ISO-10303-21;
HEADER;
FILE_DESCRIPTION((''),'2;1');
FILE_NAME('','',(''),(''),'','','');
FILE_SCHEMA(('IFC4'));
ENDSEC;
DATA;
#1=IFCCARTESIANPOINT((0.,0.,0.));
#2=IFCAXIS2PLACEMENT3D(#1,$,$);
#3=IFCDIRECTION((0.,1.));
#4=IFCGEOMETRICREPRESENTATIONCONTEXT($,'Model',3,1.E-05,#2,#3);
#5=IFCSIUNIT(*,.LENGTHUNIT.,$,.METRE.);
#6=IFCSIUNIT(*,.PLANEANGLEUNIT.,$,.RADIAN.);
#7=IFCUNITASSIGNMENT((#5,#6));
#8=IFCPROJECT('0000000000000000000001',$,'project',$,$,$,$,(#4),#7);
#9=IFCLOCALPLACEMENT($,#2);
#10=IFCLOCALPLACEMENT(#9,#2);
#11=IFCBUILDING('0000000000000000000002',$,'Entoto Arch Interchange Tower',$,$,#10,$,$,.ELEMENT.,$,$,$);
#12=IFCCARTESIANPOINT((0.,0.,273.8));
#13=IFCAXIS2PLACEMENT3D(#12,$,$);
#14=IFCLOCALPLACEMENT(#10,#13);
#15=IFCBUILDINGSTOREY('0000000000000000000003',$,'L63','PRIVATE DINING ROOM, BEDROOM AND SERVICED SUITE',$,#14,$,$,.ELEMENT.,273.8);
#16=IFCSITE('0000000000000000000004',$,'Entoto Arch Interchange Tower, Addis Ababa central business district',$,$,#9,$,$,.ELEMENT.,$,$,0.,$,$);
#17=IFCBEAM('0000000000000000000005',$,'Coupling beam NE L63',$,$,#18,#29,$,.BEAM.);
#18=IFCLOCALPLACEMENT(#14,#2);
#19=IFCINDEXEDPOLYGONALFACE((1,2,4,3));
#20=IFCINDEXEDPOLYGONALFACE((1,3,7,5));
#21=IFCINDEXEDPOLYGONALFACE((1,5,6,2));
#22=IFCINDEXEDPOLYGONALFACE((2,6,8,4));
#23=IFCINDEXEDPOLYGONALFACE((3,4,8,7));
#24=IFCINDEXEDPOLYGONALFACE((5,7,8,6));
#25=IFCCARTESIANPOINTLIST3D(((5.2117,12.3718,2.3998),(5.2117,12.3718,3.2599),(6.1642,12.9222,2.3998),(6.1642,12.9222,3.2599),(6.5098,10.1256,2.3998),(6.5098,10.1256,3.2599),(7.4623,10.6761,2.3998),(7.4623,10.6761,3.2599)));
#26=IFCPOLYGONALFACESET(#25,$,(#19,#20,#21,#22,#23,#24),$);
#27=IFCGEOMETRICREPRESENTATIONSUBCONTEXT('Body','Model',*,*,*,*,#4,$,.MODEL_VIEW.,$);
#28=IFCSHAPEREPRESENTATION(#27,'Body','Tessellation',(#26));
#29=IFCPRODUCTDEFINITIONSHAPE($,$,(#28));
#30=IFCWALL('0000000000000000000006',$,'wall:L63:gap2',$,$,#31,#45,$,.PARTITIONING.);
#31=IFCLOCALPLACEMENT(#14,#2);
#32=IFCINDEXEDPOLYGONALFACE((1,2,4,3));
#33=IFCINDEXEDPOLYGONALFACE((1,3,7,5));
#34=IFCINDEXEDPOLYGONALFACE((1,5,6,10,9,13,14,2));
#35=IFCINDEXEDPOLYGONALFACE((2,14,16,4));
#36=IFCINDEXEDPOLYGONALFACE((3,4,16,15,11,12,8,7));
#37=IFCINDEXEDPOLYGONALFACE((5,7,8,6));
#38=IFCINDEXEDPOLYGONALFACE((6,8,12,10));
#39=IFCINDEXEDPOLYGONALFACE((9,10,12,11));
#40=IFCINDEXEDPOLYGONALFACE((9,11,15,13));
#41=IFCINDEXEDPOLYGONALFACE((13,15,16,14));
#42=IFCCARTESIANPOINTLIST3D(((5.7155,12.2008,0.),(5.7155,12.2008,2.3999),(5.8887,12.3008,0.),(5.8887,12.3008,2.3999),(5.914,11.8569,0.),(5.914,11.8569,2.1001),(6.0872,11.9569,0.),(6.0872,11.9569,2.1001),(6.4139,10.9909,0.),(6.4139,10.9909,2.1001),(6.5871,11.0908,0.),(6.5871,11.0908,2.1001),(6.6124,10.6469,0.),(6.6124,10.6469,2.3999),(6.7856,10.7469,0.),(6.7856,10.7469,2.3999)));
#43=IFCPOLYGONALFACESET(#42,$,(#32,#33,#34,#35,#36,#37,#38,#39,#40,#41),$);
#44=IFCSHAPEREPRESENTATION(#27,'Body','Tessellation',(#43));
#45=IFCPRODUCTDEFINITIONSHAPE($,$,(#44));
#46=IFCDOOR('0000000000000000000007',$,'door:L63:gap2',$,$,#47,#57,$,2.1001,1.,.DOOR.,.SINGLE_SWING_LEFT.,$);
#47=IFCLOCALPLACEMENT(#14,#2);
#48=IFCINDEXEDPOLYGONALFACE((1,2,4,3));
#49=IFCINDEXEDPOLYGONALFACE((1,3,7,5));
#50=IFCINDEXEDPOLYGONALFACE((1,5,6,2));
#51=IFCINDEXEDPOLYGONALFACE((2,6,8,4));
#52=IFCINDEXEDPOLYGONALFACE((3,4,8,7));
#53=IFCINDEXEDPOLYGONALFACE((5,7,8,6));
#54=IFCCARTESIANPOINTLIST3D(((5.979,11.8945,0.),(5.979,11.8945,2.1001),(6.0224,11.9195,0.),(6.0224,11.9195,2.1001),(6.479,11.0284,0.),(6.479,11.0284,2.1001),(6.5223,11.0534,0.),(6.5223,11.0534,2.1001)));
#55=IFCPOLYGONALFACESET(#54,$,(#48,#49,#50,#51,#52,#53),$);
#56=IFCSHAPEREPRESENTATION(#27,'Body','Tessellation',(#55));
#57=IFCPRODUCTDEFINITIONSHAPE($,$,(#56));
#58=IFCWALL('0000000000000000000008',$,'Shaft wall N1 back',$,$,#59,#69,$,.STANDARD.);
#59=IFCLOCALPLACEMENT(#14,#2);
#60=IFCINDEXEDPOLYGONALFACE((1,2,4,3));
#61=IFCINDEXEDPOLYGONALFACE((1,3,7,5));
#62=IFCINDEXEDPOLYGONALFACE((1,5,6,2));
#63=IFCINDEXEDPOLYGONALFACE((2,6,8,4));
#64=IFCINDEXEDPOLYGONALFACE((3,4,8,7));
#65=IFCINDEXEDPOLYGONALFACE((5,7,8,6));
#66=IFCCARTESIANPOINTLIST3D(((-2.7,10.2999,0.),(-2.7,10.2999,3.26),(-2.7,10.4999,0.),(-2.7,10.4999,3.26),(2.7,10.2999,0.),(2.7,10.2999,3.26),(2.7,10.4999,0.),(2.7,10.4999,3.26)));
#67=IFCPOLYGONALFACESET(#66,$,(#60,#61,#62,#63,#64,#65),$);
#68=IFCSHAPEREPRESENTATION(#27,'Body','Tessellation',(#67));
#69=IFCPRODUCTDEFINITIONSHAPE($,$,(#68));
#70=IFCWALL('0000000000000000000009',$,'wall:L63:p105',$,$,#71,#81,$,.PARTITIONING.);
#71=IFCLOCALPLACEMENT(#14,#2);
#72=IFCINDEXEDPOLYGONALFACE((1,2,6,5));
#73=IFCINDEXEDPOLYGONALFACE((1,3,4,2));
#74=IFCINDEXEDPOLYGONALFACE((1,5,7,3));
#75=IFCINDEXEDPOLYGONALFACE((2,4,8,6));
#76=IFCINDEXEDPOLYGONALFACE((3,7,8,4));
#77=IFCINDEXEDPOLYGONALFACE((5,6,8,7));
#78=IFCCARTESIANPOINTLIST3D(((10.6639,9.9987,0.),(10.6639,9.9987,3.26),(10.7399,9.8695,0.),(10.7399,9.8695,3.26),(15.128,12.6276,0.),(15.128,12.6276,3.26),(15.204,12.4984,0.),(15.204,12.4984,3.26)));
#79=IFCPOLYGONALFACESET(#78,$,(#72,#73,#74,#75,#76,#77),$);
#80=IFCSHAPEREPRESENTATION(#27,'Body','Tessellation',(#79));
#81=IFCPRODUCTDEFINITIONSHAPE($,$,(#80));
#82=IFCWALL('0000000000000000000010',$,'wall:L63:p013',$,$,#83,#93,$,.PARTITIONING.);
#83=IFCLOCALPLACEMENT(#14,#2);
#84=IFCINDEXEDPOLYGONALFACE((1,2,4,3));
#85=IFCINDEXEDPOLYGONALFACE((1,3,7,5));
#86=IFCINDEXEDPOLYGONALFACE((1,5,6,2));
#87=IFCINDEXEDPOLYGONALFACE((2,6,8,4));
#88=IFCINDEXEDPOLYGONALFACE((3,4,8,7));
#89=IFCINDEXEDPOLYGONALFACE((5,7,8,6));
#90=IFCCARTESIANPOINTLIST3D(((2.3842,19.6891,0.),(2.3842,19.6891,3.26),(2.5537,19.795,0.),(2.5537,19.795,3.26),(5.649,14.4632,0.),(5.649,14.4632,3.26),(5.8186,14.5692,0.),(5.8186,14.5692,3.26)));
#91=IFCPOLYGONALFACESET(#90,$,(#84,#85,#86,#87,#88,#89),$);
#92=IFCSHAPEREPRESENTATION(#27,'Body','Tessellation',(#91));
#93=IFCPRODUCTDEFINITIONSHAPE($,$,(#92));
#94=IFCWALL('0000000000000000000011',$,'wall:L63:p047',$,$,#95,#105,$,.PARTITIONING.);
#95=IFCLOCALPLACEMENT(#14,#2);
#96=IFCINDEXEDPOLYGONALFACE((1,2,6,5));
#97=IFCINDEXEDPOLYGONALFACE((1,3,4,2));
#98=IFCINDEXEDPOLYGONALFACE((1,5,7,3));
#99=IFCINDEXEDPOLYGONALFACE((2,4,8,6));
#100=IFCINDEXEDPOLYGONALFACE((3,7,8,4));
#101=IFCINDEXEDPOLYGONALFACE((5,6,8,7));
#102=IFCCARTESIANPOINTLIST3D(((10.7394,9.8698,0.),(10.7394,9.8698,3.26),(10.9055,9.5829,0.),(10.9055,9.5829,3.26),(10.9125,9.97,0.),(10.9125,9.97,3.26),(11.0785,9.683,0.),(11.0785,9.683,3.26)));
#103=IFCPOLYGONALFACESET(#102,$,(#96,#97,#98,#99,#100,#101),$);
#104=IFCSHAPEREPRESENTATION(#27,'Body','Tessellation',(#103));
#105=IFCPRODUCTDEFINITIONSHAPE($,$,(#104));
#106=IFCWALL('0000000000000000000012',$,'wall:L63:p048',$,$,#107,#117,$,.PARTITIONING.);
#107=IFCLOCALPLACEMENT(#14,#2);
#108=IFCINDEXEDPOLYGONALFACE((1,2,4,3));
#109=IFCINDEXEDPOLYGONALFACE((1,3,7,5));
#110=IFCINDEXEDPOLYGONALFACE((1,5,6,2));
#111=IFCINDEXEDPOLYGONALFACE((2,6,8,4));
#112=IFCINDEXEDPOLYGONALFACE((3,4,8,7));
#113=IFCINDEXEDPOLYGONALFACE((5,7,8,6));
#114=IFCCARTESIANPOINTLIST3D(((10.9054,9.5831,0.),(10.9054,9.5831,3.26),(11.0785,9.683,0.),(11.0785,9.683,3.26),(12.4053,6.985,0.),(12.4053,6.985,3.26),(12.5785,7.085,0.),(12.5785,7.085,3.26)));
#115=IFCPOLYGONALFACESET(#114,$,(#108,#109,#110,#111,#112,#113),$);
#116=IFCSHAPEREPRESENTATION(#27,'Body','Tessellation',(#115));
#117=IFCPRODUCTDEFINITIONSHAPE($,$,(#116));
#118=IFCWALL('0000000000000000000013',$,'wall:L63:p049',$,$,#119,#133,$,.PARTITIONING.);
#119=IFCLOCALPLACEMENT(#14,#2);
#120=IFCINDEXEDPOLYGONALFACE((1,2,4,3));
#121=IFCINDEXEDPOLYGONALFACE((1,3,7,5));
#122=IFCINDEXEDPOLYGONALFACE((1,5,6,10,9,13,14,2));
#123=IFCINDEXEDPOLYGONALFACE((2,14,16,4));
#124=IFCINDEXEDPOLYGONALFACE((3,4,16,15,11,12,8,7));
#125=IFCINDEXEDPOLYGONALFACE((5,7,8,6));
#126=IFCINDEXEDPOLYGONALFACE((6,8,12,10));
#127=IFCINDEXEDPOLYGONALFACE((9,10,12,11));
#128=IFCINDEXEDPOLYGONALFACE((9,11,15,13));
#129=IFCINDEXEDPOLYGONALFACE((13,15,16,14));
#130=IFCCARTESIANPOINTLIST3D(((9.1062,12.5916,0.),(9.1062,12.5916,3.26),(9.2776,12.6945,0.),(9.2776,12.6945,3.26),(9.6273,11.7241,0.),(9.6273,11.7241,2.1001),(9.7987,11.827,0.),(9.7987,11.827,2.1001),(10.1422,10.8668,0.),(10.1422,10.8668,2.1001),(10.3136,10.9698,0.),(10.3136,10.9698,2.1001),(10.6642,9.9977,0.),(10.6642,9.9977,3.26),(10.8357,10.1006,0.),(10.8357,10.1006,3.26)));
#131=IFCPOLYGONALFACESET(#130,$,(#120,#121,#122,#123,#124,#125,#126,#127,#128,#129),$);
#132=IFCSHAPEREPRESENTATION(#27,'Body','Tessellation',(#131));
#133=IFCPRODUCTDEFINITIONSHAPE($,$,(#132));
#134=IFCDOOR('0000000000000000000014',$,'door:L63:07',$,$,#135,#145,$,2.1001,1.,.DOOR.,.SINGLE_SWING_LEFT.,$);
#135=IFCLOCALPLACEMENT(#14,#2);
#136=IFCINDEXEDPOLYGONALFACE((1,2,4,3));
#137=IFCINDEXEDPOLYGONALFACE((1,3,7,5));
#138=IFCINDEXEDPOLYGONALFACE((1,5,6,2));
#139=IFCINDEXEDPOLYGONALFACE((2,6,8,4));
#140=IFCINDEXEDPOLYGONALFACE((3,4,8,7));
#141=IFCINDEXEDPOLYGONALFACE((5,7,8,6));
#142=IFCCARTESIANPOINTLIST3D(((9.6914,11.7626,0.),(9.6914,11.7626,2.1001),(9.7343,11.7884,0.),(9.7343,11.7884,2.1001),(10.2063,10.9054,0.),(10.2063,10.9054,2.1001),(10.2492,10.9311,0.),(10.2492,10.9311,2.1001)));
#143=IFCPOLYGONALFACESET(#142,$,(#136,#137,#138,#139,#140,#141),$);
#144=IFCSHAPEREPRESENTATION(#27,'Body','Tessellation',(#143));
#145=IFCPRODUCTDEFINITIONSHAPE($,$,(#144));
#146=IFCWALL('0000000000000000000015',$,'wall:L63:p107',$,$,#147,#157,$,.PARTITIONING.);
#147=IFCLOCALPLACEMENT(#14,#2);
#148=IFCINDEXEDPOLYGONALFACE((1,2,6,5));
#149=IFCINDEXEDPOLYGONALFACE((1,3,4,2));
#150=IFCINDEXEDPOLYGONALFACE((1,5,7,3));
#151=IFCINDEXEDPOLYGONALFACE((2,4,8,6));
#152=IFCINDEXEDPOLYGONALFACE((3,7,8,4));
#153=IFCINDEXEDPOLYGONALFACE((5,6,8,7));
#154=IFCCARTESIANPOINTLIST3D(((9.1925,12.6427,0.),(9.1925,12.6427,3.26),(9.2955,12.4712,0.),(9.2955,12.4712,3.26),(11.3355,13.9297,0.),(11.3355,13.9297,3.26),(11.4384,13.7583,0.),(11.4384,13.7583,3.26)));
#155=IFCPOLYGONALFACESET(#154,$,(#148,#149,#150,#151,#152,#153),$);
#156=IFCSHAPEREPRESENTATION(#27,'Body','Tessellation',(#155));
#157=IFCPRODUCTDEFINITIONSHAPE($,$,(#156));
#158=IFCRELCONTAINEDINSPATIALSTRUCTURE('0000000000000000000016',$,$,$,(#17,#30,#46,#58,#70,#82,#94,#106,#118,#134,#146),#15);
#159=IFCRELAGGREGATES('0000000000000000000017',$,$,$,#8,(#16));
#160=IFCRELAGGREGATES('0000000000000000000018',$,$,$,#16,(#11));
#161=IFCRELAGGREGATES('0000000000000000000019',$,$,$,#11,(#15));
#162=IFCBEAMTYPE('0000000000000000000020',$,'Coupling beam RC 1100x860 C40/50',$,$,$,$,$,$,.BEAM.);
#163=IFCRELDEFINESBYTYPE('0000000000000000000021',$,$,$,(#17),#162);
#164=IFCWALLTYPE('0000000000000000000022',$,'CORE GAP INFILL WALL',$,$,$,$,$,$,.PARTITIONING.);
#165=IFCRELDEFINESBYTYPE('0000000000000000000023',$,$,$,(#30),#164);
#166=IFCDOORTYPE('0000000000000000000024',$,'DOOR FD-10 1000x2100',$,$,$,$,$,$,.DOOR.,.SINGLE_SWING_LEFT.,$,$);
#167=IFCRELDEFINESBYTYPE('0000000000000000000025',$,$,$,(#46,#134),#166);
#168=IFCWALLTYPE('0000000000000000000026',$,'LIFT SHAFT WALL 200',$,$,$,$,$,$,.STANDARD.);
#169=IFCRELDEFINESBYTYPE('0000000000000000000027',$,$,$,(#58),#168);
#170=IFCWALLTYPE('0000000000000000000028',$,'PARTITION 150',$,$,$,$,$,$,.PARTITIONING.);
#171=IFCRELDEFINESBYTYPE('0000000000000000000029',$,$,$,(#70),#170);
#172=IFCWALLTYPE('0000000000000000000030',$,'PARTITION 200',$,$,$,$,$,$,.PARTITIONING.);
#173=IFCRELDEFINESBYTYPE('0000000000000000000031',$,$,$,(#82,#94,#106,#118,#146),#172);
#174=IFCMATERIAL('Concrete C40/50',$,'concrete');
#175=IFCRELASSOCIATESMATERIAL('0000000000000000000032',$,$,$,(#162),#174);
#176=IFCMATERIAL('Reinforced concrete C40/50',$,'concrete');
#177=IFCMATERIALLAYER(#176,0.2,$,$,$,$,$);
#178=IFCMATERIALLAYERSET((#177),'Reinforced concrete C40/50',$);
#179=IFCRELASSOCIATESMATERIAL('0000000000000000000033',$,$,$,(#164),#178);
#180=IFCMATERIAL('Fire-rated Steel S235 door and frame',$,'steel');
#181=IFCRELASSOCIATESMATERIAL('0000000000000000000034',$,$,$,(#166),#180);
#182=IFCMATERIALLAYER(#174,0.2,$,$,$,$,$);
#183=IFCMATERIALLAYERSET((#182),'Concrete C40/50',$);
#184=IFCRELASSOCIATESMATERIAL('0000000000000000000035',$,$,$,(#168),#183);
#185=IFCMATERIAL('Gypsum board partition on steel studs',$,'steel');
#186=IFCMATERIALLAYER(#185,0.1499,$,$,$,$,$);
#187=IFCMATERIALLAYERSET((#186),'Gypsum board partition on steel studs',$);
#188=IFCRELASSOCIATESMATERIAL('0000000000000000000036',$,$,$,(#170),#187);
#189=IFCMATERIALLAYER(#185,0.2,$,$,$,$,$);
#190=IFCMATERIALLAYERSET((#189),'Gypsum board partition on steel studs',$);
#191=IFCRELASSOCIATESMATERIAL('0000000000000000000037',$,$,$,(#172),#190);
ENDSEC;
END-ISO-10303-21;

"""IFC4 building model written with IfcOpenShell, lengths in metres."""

from ifc_helpers import new_model, si_unit, direction, frame, frame_2d, origin, origin_2d, place, context, subcontext, project, spatial, rectangle, extrude, material, layer, layer_set, material_profile, profile_set, type_object, element, fill, save


model = new_model("IFC4")

# Units and contexts
model_context = context("Model", 3, precision=1e-05, world=origin(), true_north=direction((0.0, 1.0)))
body_context = subcontext(model_context, "Body", "Model", "MODEL_VIEW")
ifc_project = project(units=[si_unit("LENGTHUNIT", "METRE"), si_unit("PLANEANGLEUNIT", "RADIAN")], contexts=[model_context])

# Site, building, storey
site_placement = place(None, origin())
site = spatial("IfcSite", under=ifc_project, at=site_placement, Name="Entoto Arch Interchange Tower, Addis Ababa central business district", CompositionType="ELEMENT", RefElevation=0.0)
building_placement = place(site_placement, origin())
building = spatial("IfcBuilding", under=site, at=building_placement, Name="Entoto Arch Interchange Tower", CompositionType="ELEMENT")
storey_placement = place(building_placement, frame((0.0, 0.0, 273.8)))
storey = spatial("IfcBuildingStorey", under=building, at=storey_placement, Name="L63", Description="PRIVATE DINING ROOM, BEDROOM AND SERVICED SUITE", CompositionType="ELEMENT", Elevation=273.8)

# Beam
ifc_material_1 = material(Name="Concrete C40/50", Category="concrete")
ifc_material_profile = material_profile(ifc_material_1, rectangle(XDim=1.1001, YDim=0.8601, at=origin_2d()))
ifc_profile_set = profile_set([ifc_material_profile], Name="Concrete C40/50")
beam_type = type_object("IfcBeamType", Name="Coupling beam RC 1100x860 C40/50", PredefinedType="BEAM", material=ifc_profile_set)
beam_placement = place(storey_placement, frame((6.9861, 10.4009, 2.8298), z_axis=(-0.50038, 0.865806, 0.0), x_axis=(-0.865806, -0.50038, 0.0)))
element("IfcBeam", 1, at=beam_placement, inside=storey, type_object=beam_type, Name="Coupling beam NE L63", PredefinedType="BEAM", context=body_context, shape_type="SweptSolid", body=[
    extrude(rectangle(XDim=1.1001, YDim=0.8601, at=origin_2d()), origin(), (0.0, 0.0, 1.0), 2.5942),
])

# Wall, opening, door
ifc_material_2 = material(Name="Reinforced concrete C40/50", Category="concrete")
ifc_layer_1 = layer(ifc_material_2, 0.2)
ifc_layer_set_1 = layer_set([ifc_layer_1], Name="Reinforced concrete C40/50")
wall_type_1 = type_object("IfcWallType", Name="CORE GAP INFILL WALL", PredefinedType="PARTITIONING", material=ifc_layer_set_1)
wall_1_placement = place(storey_placement, frame((6.699, 10.697, 0.0), z_axis=(0.0, 0.0, 1.0), x_axis=(-0.499915, 0.866075, 0.0)))
wall_1 = element("IfcWall", 2, at=wall_1_placement, inside=storey, type_object=wall_type_1, Name="wall:L63:gap2", PredefinedType="PARTITIONING", context=body_context, shape_type="SweptSolid", body=[
    extrude(rectangle(XDim=1.7942, YDim=0.2, at=frame_2d((0.897, 0.0))), origin(), (0.0, 0.0, 1.0), 2.3999),
])
opening_1_placement = place(wall_1_placement, frame((0.397, 0.0, 0.0)))
opening_1 = element("IfcOpeningElement", 3, at=opening_1_placement, cuts=wall_1, PredefinedType="OPENING", context=body_context, shape_type="SweptSolid", body=[
    extrude(rectangle(XDim=1.0, YDim=2.1001, at=frame_2d((0.5, 1.05))), frame((0.0, 0.1099, 0.0), z_axis=(0.0, -1.0, 0.0), x_axis=(1.0, 0.0, 0.0)), (0.0, 0.0, 1.0), 0.22),
])
ifc_material_3 = material(Name="Fire-rated Steel S235 door and frame", Category="steel")
door_type_1 = type_object("IfcDoorType", Name="DOOR FD-10 1000x2100", OperationType="SINGLE_SWING_LEFT", PredefinedType="DOOR", material=ifc_material_3)
door_1_placement = place(opening_1_placement, origin())
door_1 = element("IfcDoor", 4, at=door_1_placement, inside=storey, type_object=door_type_1, Name="door:L63:gap2", OperationType="SINGLE_SWING_LEFT", OverallHeight=2.1001, OverallWidth=1.0, PredefinedType="DOOR", context=body_context, shape_type="SweptSolid", body=[
    extrude(rectangle(XDim=1.0, YDim=2.1001, at=frame_2d((0.5, 1.05))), frame((0.0, 0.0249, 0.0), z_axis=(0.0, -1.0, 0.0), x_axis=(1.0, 0.0, 0.0)), (0.0, 0.0, 1.0), 0.05),
])
fill(opening_1, door_1)

# Walls
ifc_layer_2 = layer(ifc_material_1, 0.2)
ifc_layer_set_2 = layer_set([ifc_layer_2], Name="Concrete C40/50")
wall_type_2 = type_object("IfcWallType", Name="LIFT SHAFT WALL 200", PredefinedType="STANDARD", material=ifc_layer_set_2)
wall_2_placement = place(storey_placement, frame((2.7, 10.3999, 0.0), z_axis=(0.0, 0.0, 1.0), x_axis=(-1.0, 0.0, 0.0)))
element("IfcWall", 5, at=wall_2_placement, inside=storey, type_object=wall_type_2, Name="Shaft wall N1 back", PredefinedType="STANDARD", context=body_context, shape_type="SweptSolid", body=[
    extrude(rectangle(XDim=5.3999, YDim=0.2, at=frame_2d((2.7, 0.0))), origin(), (0.0, 0.0, 1.0), 3.26),
])
ifc_material_4 = material(Name="Gypsum board partition on steel studs", Category="steel")
ifc_layer_3 = layer(ifc_material_4, 0.1499)
ifc_layer_set_3 = layer_set([ifc_layer_3], Name="Gypsum board partition on steel studs")
wall_type_3 = type_object("IfcWallType", Name="PARTITION 150", PredefinedType="PARTITIONING", material=ifc_layer_set_3)
wall_3_placement = place(storey_placement, frame((10.7019, 9.9341, 0.0), z_axis=(0.0, 0.0, 1.0), x_axis=(0.861685, 0.507444, 0.0)))
element("IfcWall", 6, at=wall_3_placement, inside=storey, type_object=wall_type_3, Name="wall:L63:p105", PredefinedType="PARTITIONING", context=body_context, shape_type="SweptSolid", body=[
    extrude(rectangle(XDim=5.1807, YDim=0.1499, at=frame_2d((2.5903, 0.0))), origin(), (0.0, 0.0, 1.0), 3.26),
])
ifc_layer_4 = layer(ifc_material_4, 0.2)
ifc_layer_set_4 = layer_set([ifc_layer_4], Name="Gypsum board partition on steel studs")
wall_type_4 = type_object("IfcWallType", Name="PARTITION 200", PredefinedType="PARTITIONING", material=ifc_layer_set_4)
wall_4_placement = place(storey_placement, frame((5.7339, 14.5161, 0.0), z_axis=(0.0, 0.0, 1.0), x_axis=(-0.529853, 0.84809, 0.0)))
element("IfcWall", 7, at=wall_4_placement, inside=storey, type_object=wall_type_4, Name="wall:L63:p013", PredefinedType="PARTITIONING", context=body_context, shape_type="SweptSolid", body=[
    extrude(rectangle(XDim=6.1619, YDim=0.2, at=frame_2d((3.0811, 0.0))), origin(), (0.0, 0.0, 1.0), 3.26),
])
wall_5_placement = place(storey_placement, frame((10.8259, 9.9199, 0.0), z_axis=(0.0, 0.0, 1.0), x_axis=(0.500891, -0.86551, 0.0)))
element("IfcWall", 8, at=wall_5_placement, inside=storey, type_object=wall_type_4, Name="wall:L63:p047", PredefinedType="PARTITIONING", context=body_context, shape_type="SweptSolid", body=[
    extrude(rectangle(XDim=0.3315, YDim=0.2, at=frame_2d((0.1658, 0.0))), origin(), (0.0, 0.0, 1.0), 3.26),
])
wall_6_placement = place(storey_placement, frame((10.9919, 9.6331, 0.0), z_axis=(0.0, 0.0, 1.0), x_axis=(0.49999, -0.866031, 0.0)))
element("IfcWall", 9, at=wall_6_placement, inside=storey, type_object=wall_type_4, Name="wall:L63:p048", PredefinedType="PARTITIONING", context=body_context, shape_type="SweptSolid", body=[
    extrude(rectangle(XDim=3.0, YDim=0.2, at=frame_2d((1.5, 0.0))), origin(), (0.0, 0.0, 1.0), 3.26),
])

# Wall, opening, door
wall_7_placement = place(storey_placement, frame((9.1919, 12.6431, 0.0), z_axis=(0.0, 0.0, 1.0), x_axis=(0.514911, -0.857244, 0.0)))
wall_7 = element("IfcWall", 10, at=wall_7_placement, inside=storey, type_object=wall_type_4, Name="wall:L63:p049", PredefinedType="PARTITIONING", context=body_context, shape_type="SweptSolid", body=[
    extrude(rectangle(XDim=3.0259, YDim=0.2, at=frame_2d((1.5129, 0.0))), origin(), (0.0, 0.0, 1.0), 3.26),
])
opening_2_placement = place(wall_7_placement, frame((1.012, 0.0, 0.0)))
opening_2 = element("IfcOpeningElement", 11, at=opening_2_placement, cuts=wall_7, PredefinedType="OPENING", context=body_context, shape_type="SweptSolid", body=[
    extrude(rectangle(XDim=1.0, YDim=2.1001, at=frame_2d((0.5, 1.05))), frame((0.0, 0.1099, 0.0), z_axis=(0.0, -1.0, 0.0), x_axis=(1.0, 0.0, 0.0)), (0.0, 0.0, 1.0), 0.22),
])
door_2_placement = place(opening_2_placement, origin())
door_2 = element("IfcDoor", 12, at=door_2_placement, inside=storey, type_object=door_type_1, Name="door:L63:07", OperationType="SINGLE_SWING_LEFT", OverallHeight=2.1001, OverallWidth=1.0, PredefinedType="DOOR", context=body_context, shape_type="SweptSolid", body=[
    extrude(rectangle(XDim=1.0, YDim=2.1001, at=frame_2d((0.5, 1.05))), frame((0.0, 0.0249, 0.0), z_axis=(0.0, -1.0, 0.0), x_axis=(1.0, 0.0, 0.0)), (0.0, 0.0, 1.0), 0.05),
])
fill(opening_2, door_2)

# Wall
wall_8_placement = place(storey_placement, frame((9.2439, 12.5569, 0.0), z_axis=(0.0, 0.0, 1.0), x_axis=(0.857269, 0.514869, 0.0)))
element("IfcWall", 13, at=wall_8_placement, inside=storey, type_object=wall_type_4, Name="wall:L63:p107", PredefinedType="PARTITIONING", context=body_context, shape_type="SweptSolid", body=[
    extrude(rectangle(XDim=2.4998, YDim=0.2, at=frame_2d((1.25, 0.0))), origin(), (0.0, 0.0, 1.0), 3.26),
])

save(model, "model.ifc")
